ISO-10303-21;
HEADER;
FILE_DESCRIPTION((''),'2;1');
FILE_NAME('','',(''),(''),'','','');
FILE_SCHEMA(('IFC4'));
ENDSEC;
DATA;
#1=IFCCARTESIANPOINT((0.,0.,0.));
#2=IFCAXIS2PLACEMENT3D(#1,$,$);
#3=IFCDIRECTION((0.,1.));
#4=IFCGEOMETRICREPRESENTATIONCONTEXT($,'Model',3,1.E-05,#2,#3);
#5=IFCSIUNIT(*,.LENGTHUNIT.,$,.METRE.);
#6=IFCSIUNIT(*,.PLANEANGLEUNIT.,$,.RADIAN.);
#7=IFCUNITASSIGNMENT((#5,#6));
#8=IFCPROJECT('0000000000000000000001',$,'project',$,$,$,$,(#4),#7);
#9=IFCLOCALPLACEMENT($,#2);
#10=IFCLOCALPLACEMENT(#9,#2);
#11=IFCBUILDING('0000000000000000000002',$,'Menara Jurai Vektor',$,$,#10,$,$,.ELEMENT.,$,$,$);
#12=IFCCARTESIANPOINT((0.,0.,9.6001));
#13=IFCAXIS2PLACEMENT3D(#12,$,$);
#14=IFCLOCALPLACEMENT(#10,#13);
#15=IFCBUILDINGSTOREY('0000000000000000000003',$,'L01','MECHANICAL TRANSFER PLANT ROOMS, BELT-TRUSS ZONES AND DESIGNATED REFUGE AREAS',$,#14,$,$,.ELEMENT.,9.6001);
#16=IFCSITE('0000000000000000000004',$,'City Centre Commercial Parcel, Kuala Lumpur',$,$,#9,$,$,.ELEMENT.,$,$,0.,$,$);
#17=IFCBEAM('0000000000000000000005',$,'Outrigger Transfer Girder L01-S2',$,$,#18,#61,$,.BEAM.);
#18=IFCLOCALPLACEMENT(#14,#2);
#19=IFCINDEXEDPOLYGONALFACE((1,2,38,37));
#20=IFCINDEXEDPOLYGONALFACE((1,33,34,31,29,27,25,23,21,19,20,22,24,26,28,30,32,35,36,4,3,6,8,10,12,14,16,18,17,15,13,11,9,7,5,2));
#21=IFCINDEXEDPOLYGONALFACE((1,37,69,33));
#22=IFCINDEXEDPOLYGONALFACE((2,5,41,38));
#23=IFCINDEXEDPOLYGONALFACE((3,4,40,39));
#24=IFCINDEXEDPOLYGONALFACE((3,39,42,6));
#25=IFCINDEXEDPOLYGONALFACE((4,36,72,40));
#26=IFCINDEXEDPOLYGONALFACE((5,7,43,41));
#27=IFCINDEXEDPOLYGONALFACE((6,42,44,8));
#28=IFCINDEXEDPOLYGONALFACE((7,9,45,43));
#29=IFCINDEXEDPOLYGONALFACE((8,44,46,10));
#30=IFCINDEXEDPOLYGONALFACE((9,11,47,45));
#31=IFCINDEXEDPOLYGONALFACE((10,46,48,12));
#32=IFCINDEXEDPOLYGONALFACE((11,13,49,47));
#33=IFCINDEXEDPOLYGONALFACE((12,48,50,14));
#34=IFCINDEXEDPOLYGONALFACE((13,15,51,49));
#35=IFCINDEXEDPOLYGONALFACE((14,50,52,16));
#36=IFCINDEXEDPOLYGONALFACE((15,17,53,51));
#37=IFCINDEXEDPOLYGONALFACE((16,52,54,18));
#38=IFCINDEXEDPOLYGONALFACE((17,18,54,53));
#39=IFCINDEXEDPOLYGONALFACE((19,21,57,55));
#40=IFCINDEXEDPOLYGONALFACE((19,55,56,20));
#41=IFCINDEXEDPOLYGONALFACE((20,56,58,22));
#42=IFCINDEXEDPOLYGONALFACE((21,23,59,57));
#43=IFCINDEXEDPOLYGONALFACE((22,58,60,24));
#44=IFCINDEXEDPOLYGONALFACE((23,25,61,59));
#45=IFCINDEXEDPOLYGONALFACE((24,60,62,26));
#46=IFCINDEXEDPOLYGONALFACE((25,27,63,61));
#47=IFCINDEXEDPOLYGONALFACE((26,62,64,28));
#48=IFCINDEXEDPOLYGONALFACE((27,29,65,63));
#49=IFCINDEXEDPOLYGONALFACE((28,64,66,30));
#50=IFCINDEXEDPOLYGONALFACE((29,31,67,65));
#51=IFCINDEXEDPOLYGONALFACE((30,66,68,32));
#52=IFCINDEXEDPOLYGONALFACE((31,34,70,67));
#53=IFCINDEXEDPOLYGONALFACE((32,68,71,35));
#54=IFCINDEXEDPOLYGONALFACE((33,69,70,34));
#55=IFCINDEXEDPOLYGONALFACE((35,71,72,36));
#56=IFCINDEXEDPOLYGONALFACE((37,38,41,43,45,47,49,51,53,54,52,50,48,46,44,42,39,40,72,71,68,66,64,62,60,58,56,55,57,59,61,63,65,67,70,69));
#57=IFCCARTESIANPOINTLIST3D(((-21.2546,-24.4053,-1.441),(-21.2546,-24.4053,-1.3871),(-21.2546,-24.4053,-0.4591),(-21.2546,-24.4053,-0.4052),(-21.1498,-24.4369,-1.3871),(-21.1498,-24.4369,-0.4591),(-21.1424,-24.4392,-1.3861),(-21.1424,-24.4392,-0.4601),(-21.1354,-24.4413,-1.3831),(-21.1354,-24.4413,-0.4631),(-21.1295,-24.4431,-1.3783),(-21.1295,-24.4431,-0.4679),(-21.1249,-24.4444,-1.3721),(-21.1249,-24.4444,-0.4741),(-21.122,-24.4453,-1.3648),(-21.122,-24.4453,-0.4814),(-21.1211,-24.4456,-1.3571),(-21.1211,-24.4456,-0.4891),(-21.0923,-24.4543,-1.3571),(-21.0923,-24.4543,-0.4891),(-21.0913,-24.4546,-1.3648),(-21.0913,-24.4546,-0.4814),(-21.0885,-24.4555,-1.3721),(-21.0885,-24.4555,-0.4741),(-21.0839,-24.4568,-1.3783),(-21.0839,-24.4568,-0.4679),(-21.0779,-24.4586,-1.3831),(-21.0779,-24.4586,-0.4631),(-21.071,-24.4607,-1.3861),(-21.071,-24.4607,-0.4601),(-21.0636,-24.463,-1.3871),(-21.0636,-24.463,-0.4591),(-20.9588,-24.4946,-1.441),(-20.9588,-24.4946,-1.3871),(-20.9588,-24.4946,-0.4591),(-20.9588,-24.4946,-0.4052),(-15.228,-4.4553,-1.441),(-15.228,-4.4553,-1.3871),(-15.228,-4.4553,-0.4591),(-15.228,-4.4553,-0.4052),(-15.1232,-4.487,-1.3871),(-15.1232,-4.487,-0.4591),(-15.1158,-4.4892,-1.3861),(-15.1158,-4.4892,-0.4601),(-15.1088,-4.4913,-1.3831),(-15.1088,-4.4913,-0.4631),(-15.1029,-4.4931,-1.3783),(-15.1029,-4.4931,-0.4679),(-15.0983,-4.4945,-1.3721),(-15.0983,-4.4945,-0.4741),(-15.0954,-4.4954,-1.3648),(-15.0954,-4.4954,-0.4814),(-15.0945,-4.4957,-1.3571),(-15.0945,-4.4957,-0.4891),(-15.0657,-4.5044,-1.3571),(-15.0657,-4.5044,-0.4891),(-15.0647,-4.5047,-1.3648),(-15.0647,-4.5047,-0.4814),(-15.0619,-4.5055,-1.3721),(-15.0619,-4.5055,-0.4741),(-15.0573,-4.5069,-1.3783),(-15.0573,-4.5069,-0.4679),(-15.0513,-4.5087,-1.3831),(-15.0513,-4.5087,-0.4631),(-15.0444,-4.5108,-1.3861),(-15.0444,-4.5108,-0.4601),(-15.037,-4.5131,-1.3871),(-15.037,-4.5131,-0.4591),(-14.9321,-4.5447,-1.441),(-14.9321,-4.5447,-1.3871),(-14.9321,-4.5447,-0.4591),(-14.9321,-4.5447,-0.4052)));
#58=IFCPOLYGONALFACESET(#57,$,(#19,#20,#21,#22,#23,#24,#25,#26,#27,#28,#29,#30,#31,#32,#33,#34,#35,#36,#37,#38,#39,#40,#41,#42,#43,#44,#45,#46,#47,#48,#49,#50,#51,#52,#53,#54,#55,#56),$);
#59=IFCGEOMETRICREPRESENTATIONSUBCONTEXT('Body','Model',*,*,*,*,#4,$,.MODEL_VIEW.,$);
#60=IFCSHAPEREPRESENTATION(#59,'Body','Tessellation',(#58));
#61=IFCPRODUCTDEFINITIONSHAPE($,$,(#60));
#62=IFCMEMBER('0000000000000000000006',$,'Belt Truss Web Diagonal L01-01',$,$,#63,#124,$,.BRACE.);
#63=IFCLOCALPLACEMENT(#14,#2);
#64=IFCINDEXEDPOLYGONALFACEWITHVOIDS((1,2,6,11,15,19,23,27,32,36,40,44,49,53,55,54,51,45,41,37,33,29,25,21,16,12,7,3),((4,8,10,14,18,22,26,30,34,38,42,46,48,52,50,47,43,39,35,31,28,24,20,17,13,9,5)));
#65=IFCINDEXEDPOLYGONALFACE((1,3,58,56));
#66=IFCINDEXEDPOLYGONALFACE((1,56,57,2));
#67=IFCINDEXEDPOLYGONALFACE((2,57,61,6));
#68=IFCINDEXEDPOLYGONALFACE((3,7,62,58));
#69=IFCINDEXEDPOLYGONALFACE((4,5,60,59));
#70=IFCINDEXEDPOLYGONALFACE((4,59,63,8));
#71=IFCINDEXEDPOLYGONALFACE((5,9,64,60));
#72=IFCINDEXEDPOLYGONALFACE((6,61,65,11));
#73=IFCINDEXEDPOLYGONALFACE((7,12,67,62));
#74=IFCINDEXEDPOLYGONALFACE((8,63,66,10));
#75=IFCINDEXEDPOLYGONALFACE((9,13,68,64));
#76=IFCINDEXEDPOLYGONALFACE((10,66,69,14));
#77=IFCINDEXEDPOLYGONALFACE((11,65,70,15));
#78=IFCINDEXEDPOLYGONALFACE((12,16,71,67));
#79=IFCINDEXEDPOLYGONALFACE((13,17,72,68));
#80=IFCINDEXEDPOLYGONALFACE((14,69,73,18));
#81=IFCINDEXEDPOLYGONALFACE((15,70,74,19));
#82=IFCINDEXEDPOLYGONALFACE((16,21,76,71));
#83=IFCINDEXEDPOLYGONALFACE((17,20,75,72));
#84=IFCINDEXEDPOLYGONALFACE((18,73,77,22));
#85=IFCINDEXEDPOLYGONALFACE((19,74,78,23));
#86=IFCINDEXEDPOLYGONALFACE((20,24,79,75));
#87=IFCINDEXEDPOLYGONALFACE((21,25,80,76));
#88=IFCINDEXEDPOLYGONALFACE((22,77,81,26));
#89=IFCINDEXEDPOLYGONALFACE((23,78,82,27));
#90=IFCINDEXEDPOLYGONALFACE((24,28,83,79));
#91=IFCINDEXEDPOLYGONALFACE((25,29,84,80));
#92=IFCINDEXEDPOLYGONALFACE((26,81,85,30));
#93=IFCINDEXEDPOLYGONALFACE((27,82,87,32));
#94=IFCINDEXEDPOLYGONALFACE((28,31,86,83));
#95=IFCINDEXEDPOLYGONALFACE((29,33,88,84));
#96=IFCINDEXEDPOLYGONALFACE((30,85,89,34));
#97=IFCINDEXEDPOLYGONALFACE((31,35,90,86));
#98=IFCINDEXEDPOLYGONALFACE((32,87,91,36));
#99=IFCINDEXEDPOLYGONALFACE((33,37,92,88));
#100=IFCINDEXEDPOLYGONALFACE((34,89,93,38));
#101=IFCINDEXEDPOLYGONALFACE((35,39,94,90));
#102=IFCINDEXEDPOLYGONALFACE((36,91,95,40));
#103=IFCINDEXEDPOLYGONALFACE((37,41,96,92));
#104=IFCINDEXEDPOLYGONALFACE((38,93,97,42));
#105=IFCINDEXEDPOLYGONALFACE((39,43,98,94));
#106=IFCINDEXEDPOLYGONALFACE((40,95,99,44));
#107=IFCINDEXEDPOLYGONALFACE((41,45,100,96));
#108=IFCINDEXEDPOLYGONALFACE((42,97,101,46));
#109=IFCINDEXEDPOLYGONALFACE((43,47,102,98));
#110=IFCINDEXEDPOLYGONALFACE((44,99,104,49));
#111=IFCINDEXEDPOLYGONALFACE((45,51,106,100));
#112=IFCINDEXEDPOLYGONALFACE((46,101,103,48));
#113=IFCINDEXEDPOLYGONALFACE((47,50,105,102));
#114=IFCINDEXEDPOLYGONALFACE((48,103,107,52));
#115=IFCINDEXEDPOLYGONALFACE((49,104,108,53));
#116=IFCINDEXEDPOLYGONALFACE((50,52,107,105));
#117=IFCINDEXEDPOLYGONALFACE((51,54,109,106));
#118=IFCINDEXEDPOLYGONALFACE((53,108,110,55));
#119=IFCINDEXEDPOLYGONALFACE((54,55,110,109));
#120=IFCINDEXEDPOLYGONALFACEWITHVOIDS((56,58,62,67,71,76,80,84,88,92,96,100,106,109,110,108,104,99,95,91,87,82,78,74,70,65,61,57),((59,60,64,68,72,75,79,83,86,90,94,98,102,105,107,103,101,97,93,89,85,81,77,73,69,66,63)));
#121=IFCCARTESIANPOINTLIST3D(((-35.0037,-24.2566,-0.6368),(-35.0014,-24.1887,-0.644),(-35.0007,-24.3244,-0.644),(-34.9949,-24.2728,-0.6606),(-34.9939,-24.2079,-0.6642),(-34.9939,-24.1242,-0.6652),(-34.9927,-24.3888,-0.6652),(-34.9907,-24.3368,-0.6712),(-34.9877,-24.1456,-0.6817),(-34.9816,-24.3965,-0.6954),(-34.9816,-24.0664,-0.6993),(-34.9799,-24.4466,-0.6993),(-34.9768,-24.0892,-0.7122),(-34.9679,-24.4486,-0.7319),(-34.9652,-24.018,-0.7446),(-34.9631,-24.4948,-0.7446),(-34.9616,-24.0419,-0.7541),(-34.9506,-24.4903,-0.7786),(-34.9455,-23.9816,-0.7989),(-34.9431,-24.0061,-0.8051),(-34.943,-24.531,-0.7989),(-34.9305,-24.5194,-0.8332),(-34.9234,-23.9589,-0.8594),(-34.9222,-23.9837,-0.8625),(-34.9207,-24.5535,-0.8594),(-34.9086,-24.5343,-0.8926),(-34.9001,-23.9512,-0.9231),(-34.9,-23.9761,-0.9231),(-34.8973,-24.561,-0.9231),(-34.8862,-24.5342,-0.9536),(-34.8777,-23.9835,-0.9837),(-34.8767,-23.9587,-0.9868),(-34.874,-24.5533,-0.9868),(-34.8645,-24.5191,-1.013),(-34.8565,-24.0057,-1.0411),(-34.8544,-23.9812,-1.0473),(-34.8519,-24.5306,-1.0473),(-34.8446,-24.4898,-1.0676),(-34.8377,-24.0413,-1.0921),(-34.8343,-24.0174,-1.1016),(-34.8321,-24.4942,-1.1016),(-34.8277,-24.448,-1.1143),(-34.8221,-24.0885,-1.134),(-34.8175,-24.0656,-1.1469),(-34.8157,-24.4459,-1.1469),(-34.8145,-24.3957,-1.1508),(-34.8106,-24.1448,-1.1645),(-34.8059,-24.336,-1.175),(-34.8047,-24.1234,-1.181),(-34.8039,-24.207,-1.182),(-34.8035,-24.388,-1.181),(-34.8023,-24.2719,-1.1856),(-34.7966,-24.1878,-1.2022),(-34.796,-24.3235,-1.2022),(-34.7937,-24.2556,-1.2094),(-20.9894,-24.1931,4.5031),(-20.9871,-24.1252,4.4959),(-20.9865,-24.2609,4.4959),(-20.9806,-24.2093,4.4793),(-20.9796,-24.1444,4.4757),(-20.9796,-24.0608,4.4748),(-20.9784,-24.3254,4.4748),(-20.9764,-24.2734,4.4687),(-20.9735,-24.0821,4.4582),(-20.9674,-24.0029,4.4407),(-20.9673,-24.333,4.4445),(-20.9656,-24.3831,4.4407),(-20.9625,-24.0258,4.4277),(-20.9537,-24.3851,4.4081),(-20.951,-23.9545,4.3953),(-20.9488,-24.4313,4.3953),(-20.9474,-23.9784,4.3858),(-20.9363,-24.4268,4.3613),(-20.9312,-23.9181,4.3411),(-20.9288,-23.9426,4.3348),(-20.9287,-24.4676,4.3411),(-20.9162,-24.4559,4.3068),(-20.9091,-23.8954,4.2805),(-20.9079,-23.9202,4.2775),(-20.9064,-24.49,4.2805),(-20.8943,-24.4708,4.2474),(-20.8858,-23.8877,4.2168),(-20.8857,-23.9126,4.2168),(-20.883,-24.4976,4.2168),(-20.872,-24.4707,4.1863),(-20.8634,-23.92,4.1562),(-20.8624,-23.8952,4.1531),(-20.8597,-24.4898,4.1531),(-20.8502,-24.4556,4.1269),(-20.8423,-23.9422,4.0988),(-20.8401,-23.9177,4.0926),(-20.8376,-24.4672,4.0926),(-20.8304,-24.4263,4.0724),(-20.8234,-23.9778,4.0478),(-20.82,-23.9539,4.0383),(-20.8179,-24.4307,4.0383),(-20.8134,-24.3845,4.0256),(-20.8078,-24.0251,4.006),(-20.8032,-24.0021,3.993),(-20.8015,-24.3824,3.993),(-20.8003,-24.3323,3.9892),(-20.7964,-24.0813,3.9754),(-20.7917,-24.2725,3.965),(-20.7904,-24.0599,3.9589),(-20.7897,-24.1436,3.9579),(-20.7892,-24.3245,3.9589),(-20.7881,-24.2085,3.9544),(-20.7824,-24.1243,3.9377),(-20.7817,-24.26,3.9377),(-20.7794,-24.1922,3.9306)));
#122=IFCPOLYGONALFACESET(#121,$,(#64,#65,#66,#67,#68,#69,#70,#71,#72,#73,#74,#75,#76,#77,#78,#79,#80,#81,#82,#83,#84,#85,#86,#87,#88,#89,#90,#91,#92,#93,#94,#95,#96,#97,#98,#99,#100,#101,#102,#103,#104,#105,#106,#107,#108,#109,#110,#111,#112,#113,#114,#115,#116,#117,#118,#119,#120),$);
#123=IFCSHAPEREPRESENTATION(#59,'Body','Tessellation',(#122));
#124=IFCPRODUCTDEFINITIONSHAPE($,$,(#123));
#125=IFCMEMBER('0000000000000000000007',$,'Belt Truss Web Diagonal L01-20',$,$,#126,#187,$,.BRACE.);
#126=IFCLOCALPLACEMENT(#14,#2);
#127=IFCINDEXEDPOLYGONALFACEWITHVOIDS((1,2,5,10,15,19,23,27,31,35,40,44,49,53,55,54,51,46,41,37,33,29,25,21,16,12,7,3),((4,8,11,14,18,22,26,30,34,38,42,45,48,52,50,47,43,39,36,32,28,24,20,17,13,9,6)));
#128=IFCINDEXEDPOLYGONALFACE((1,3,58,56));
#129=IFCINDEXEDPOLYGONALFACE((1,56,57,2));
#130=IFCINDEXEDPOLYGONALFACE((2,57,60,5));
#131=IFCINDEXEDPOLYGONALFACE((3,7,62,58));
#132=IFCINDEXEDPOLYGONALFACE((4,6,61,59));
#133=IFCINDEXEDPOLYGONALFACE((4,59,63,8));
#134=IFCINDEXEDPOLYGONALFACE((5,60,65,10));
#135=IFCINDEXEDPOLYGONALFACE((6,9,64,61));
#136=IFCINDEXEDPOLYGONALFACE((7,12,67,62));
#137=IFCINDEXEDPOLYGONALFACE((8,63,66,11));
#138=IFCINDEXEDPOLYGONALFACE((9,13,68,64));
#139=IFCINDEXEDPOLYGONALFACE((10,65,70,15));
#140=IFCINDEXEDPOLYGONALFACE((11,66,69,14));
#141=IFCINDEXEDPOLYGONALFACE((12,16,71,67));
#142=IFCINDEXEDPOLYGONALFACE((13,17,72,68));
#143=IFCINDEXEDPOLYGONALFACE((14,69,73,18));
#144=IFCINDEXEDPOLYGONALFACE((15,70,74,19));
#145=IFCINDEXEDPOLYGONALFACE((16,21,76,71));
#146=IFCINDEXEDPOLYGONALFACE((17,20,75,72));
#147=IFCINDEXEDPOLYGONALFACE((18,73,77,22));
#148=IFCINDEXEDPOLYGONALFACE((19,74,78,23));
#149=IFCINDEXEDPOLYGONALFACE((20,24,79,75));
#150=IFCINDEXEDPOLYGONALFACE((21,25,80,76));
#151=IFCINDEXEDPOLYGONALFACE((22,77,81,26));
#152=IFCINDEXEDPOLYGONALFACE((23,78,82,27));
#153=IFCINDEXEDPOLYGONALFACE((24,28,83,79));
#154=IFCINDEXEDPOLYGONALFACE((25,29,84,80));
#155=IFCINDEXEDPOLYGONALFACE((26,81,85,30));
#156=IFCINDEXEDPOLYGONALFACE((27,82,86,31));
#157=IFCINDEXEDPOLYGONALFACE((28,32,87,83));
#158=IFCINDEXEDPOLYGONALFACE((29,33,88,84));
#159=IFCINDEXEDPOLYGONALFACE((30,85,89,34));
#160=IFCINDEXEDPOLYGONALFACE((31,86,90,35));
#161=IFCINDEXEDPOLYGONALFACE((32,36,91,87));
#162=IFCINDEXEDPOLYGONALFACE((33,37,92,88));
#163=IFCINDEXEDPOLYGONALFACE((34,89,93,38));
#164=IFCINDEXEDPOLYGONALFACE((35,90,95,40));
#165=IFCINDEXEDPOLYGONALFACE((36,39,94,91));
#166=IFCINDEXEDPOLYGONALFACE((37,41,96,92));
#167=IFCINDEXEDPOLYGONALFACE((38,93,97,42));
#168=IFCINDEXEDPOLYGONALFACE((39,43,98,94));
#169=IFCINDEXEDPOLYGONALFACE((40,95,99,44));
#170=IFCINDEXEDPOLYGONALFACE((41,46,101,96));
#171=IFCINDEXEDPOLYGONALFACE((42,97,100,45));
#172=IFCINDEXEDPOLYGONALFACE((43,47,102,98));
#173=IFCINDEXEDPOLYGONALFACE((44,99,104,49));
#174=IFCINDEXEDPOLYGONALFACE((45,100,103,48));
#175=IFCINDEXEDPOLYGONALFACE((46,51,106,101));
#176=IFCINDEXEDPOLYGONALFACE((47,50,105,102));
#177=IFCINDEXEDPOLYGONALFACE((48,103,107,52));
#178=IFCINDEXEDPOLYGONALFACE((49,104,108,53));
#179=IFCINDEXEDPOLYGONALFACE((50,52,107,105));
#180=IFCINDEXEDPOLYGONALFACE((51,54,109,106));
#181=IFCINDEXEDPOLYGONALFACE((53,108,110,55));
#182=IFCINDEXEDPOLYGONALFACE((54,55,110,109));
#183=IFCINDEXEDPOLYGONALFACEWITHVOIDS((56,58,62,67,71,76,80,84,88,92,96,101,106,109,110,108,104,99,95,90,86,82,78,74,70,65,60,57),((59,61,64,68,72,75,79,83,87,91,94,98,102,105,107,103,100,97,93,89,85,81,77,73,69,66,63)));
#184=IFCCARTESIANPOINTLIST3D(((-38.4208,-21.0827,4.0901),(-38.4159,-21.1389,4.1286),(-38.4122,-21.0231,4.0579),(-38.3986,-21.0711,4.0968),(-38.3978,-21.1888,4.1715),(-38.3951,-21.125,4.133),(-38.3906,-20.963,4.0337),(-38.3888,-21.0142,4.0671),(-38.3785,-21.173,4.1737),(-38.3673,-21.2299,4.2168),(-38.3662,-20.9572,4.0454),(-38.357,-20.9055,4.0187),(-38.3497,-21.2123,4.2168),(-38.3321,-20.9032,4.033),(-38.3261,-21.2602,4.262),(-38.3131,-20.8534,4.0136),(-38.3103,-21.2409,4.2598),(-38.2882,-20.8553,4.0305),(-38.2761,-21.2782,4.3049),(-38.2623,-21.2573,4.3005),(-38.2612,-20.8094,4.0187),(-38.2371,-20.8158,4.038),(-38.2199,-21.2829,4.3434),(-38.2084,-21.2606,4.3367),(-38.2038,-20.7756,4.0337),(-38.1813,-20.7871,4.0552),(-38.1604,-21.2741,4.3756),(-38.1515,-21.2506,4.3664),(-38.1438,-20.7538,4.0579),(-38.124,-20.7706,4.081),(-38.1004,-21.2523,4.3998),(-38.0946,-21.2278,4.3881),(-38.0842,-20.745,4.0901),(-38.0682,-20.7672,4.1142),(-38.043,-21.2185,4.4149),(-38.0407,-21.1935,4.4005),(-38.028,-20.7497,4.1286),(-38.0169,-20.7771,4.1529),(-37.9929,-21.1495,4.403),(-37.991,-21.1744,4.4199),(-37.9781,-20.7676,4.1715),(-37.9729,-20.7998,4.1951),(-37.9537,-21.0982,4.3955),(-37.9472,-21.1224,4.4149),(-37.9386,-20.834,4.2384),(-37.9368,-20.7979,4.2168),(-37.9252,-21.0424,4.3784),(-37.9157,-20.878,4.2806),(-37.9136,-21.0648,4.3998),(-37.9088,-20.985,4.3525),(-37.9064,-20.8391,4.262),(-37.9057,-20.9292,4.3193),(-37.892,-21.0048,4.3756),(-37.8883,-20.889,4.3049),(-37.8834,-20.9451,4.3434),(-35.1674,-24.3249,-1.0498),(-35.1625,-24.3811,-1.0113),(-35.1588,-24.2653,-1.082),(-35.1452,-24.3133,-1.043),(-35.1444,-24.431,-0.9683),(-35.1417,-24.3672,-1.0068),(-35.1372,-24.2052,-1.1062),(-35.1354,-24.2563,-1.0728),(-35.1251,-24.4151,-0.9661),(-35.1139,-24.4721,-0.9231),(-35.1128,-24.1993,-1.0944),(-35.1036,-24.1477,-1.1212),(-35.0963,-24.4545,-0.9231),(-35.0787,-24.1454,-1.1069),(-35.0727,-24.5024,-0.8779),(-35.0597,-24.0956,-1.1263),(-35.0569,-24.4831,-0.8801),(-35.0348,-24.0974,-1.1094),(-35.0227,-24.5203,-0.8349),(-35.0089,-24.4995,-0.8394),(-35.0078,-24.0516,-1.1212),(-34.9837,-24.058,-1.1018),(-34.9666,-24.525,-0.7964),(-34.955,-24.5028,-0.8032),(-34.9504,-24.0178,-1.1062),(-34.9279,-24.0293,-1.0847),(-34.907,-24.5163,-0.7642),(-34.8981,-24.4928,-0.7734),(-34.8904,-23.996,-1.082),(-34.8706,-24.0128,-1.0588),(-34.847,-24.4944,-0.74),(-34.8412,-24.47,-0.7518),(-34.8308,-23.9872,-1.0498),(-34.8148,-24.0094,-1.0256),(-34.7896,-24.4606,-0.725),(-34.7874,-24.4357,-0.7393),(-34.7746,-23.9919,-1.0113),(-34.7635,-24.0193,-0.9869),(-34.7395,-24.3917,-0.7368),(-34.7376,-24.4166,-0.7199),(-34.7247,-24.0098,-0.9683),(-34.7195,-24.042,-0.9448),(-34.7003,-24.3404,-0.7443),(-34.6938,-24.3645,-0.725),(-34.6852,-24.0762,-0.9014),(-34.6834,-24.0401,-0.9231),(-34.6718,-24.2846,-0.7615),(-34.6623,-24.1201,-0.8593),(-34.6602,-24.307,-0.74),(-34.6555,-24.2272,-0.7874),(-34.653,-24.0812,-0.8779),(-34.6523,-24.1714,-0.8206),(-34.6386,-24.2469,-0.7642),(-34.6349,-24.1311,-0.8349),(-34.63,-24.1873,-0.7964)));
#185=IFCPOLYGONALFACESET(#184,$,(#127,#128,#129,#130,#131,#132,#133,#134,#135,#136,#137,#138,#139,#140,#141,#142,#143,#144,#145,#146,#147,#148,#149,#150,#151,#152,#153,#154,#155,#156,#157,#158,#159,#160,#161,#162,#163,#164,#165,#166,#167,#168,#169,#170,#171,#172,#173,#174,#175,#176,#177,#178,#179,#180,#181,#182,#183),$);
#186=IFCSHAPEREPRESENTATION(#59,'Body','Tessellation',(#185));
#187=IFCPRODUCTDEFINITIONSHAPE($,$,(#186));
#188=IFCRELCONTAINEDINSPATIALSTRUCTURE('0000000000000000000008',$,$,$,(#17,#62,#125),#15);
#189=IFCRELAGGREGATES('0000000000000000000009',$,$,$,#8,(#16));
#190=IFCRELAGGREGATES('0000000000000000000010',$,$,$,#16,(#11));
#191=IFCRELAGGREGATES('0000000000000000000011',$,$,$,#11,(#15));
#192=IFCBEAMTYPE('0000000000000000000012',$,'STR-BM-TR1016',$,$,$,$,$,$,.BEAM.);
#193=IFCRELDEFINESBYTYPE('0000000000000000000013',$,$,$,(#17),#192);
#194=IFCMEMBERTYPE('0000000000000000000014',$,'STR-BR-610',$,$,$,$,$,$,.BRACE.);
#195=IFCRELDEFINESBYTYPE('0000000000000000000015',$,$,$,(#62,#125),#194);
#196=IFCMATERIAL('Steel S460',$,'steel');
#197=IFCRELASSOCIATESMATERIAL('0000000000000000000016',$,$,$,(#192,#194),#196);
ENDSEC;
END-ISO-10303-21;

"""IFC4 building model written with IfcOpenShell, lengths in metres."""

from ifc_helpers import new_model, si_unit, direction, frame, origin, origin_2d, place, context, subcontext, project, spatial, hollow_circle, i_section, extrude, material, material_profile, profile_set, type_object, element, save


model = new_model("IFC4")

# Units and contexts
model_context = context("Model", 3, precision=1e-05, world=origin(), true_north=direction((0.0, 1.0)))
body_context = subcontext(model_context, "Body", "Model", "MODEL_VIEW")
ifc_project = project(units=[si_unit("LENGTHUNIT", "METRE"), si_unit("PLANEANGLEUNIT", "RADIAN")], contexts=[model_context])

# Site, building, storey
site_placement = place(None, origin())
site = spatial("IfcSite", under=ifc_project, at=site_placement, Name="City Centre Commercial Parcel, Kuala Lumpur", CompositionType="ELEMENT", RefElevation=0.0)
building_placement = place(site_placement, origin())
building = spatial("IfcBuilding", under=site, at=building_placement, Name="Menara Jurai Vektor", CompositionType="ELEMENT")
storey_placement = place(building_placement, frame((0.0, 0.0, 9.6001)))
storey = spatial("IfcBuildingStorey", under=building, at=storey_placement, Name="L01", Description="MECHANICAL TRANSFER PLANT ROOMS, BELT-TRUSS ZONES AND DESIGNATED REFUGE AREAS", CompositionType="ELEMENT", Elevation=9.6001)

# Shared definitions
ifc_material_1 = material(Name="Steel S460", Category="steel")

# Beam
ifc_material_profile_1 = material_profile(ifc_material_1, i_section(OverallWidth=0.3091, OverallDepth=1.0359, WebThickness=0.03, FlangeThickness=0.054, FilletRadius=0.03, at=origin_2d()), Name="UKB 1016x305x487")
ifc_profile_set_1 = profile_set([ifc_material_profile_1], Name="Steel S460")
beam_type_1 = type_object("IfcBeamType", Name="STR-BM-TR1016", PredefinedType="BEAM", material=ifc_profile_set_1)
beam_1_placement = place(storey_placement, frame((-21.1067, -24.45, -0.9231), z_axis=(0.28918, 0.957275, 0.0), x_axis=(-0.957275, 0.28918, 0.0)))
element("IfcBeam", 1, at=beam_1_placement, inside=storey, type_object=beam_type_1, Name="Outrigger Transfer Girder L01-S2", PredefinedType="BEAM", context=body_context, shape_type="SweptSolid", body=[
    extrude(i_section(OverallWidth=0.3091, OverallDepth=1.0359, WebThickness=0.03, FlangeThickness=0.054, FilletRadius=0.03, at=origin_2d()), origin(), (0.0, 0.0, 1.0), 20.8403),
])

# Members
ifc_material_profile_2 = material_profile(ifc_material_1, hollow_circle(Radius=0.3049, WallThickness=0.0249, at=origin_2d()), Name="CHS 610x25")
ifc_profile_set_2 = profile_set([ifc_material_profile_2], Name="Steel S460")
member_type_1 = type_object("IfcMemberType", Name="STR-BR-610", PredefinedType="BRACE", material=ifc_profile_set_2)
member_1_placement = place(storey_placement, frame((-34.8987, -24.2561, -0.9231), z_axis=(0.938838, 0.004252, 0.344332), x_axis=(-0.004529, 0.99999, 0.0)))
element("IfcMember", 2, at=member_1_placement, inside=storey, type_object=member_type_1, Name="Belt Truss Web Diagonal L01-01", PredefinedType="BRACE", context=body_context, shape_type="SweptSolid", body=[
    extrude(hollow_circle(Radius=0.3049, WallThickness=0.0249, at=origin_2d()), origin(), (0.0, 0.0, 1.0), 14.9272),
])
member_2_placement = place(storey_placement, frame((-34.8987, -24.2561, -0.9231), z_axis=(-0.471981, 0.470352, 0.745656), x_axis=(-0.705883, -0.708328, 0.0)))
element("IfcMember", 3, at=member_2_placement, inside=storey, type_object=member_type_1, Name="Belt Truss Web Diagonal L01-20", PredefinedType="BRACE", context=body_context, shape_type="SweptSolid", body=[
    extrude(hollow_circle(Radius=0.3049, WallThickness=0.0249, at=origin_2d()), origin(), (0.0, 0.0, 1.0), 6.8931),
])

save(model, "model.ifc")
